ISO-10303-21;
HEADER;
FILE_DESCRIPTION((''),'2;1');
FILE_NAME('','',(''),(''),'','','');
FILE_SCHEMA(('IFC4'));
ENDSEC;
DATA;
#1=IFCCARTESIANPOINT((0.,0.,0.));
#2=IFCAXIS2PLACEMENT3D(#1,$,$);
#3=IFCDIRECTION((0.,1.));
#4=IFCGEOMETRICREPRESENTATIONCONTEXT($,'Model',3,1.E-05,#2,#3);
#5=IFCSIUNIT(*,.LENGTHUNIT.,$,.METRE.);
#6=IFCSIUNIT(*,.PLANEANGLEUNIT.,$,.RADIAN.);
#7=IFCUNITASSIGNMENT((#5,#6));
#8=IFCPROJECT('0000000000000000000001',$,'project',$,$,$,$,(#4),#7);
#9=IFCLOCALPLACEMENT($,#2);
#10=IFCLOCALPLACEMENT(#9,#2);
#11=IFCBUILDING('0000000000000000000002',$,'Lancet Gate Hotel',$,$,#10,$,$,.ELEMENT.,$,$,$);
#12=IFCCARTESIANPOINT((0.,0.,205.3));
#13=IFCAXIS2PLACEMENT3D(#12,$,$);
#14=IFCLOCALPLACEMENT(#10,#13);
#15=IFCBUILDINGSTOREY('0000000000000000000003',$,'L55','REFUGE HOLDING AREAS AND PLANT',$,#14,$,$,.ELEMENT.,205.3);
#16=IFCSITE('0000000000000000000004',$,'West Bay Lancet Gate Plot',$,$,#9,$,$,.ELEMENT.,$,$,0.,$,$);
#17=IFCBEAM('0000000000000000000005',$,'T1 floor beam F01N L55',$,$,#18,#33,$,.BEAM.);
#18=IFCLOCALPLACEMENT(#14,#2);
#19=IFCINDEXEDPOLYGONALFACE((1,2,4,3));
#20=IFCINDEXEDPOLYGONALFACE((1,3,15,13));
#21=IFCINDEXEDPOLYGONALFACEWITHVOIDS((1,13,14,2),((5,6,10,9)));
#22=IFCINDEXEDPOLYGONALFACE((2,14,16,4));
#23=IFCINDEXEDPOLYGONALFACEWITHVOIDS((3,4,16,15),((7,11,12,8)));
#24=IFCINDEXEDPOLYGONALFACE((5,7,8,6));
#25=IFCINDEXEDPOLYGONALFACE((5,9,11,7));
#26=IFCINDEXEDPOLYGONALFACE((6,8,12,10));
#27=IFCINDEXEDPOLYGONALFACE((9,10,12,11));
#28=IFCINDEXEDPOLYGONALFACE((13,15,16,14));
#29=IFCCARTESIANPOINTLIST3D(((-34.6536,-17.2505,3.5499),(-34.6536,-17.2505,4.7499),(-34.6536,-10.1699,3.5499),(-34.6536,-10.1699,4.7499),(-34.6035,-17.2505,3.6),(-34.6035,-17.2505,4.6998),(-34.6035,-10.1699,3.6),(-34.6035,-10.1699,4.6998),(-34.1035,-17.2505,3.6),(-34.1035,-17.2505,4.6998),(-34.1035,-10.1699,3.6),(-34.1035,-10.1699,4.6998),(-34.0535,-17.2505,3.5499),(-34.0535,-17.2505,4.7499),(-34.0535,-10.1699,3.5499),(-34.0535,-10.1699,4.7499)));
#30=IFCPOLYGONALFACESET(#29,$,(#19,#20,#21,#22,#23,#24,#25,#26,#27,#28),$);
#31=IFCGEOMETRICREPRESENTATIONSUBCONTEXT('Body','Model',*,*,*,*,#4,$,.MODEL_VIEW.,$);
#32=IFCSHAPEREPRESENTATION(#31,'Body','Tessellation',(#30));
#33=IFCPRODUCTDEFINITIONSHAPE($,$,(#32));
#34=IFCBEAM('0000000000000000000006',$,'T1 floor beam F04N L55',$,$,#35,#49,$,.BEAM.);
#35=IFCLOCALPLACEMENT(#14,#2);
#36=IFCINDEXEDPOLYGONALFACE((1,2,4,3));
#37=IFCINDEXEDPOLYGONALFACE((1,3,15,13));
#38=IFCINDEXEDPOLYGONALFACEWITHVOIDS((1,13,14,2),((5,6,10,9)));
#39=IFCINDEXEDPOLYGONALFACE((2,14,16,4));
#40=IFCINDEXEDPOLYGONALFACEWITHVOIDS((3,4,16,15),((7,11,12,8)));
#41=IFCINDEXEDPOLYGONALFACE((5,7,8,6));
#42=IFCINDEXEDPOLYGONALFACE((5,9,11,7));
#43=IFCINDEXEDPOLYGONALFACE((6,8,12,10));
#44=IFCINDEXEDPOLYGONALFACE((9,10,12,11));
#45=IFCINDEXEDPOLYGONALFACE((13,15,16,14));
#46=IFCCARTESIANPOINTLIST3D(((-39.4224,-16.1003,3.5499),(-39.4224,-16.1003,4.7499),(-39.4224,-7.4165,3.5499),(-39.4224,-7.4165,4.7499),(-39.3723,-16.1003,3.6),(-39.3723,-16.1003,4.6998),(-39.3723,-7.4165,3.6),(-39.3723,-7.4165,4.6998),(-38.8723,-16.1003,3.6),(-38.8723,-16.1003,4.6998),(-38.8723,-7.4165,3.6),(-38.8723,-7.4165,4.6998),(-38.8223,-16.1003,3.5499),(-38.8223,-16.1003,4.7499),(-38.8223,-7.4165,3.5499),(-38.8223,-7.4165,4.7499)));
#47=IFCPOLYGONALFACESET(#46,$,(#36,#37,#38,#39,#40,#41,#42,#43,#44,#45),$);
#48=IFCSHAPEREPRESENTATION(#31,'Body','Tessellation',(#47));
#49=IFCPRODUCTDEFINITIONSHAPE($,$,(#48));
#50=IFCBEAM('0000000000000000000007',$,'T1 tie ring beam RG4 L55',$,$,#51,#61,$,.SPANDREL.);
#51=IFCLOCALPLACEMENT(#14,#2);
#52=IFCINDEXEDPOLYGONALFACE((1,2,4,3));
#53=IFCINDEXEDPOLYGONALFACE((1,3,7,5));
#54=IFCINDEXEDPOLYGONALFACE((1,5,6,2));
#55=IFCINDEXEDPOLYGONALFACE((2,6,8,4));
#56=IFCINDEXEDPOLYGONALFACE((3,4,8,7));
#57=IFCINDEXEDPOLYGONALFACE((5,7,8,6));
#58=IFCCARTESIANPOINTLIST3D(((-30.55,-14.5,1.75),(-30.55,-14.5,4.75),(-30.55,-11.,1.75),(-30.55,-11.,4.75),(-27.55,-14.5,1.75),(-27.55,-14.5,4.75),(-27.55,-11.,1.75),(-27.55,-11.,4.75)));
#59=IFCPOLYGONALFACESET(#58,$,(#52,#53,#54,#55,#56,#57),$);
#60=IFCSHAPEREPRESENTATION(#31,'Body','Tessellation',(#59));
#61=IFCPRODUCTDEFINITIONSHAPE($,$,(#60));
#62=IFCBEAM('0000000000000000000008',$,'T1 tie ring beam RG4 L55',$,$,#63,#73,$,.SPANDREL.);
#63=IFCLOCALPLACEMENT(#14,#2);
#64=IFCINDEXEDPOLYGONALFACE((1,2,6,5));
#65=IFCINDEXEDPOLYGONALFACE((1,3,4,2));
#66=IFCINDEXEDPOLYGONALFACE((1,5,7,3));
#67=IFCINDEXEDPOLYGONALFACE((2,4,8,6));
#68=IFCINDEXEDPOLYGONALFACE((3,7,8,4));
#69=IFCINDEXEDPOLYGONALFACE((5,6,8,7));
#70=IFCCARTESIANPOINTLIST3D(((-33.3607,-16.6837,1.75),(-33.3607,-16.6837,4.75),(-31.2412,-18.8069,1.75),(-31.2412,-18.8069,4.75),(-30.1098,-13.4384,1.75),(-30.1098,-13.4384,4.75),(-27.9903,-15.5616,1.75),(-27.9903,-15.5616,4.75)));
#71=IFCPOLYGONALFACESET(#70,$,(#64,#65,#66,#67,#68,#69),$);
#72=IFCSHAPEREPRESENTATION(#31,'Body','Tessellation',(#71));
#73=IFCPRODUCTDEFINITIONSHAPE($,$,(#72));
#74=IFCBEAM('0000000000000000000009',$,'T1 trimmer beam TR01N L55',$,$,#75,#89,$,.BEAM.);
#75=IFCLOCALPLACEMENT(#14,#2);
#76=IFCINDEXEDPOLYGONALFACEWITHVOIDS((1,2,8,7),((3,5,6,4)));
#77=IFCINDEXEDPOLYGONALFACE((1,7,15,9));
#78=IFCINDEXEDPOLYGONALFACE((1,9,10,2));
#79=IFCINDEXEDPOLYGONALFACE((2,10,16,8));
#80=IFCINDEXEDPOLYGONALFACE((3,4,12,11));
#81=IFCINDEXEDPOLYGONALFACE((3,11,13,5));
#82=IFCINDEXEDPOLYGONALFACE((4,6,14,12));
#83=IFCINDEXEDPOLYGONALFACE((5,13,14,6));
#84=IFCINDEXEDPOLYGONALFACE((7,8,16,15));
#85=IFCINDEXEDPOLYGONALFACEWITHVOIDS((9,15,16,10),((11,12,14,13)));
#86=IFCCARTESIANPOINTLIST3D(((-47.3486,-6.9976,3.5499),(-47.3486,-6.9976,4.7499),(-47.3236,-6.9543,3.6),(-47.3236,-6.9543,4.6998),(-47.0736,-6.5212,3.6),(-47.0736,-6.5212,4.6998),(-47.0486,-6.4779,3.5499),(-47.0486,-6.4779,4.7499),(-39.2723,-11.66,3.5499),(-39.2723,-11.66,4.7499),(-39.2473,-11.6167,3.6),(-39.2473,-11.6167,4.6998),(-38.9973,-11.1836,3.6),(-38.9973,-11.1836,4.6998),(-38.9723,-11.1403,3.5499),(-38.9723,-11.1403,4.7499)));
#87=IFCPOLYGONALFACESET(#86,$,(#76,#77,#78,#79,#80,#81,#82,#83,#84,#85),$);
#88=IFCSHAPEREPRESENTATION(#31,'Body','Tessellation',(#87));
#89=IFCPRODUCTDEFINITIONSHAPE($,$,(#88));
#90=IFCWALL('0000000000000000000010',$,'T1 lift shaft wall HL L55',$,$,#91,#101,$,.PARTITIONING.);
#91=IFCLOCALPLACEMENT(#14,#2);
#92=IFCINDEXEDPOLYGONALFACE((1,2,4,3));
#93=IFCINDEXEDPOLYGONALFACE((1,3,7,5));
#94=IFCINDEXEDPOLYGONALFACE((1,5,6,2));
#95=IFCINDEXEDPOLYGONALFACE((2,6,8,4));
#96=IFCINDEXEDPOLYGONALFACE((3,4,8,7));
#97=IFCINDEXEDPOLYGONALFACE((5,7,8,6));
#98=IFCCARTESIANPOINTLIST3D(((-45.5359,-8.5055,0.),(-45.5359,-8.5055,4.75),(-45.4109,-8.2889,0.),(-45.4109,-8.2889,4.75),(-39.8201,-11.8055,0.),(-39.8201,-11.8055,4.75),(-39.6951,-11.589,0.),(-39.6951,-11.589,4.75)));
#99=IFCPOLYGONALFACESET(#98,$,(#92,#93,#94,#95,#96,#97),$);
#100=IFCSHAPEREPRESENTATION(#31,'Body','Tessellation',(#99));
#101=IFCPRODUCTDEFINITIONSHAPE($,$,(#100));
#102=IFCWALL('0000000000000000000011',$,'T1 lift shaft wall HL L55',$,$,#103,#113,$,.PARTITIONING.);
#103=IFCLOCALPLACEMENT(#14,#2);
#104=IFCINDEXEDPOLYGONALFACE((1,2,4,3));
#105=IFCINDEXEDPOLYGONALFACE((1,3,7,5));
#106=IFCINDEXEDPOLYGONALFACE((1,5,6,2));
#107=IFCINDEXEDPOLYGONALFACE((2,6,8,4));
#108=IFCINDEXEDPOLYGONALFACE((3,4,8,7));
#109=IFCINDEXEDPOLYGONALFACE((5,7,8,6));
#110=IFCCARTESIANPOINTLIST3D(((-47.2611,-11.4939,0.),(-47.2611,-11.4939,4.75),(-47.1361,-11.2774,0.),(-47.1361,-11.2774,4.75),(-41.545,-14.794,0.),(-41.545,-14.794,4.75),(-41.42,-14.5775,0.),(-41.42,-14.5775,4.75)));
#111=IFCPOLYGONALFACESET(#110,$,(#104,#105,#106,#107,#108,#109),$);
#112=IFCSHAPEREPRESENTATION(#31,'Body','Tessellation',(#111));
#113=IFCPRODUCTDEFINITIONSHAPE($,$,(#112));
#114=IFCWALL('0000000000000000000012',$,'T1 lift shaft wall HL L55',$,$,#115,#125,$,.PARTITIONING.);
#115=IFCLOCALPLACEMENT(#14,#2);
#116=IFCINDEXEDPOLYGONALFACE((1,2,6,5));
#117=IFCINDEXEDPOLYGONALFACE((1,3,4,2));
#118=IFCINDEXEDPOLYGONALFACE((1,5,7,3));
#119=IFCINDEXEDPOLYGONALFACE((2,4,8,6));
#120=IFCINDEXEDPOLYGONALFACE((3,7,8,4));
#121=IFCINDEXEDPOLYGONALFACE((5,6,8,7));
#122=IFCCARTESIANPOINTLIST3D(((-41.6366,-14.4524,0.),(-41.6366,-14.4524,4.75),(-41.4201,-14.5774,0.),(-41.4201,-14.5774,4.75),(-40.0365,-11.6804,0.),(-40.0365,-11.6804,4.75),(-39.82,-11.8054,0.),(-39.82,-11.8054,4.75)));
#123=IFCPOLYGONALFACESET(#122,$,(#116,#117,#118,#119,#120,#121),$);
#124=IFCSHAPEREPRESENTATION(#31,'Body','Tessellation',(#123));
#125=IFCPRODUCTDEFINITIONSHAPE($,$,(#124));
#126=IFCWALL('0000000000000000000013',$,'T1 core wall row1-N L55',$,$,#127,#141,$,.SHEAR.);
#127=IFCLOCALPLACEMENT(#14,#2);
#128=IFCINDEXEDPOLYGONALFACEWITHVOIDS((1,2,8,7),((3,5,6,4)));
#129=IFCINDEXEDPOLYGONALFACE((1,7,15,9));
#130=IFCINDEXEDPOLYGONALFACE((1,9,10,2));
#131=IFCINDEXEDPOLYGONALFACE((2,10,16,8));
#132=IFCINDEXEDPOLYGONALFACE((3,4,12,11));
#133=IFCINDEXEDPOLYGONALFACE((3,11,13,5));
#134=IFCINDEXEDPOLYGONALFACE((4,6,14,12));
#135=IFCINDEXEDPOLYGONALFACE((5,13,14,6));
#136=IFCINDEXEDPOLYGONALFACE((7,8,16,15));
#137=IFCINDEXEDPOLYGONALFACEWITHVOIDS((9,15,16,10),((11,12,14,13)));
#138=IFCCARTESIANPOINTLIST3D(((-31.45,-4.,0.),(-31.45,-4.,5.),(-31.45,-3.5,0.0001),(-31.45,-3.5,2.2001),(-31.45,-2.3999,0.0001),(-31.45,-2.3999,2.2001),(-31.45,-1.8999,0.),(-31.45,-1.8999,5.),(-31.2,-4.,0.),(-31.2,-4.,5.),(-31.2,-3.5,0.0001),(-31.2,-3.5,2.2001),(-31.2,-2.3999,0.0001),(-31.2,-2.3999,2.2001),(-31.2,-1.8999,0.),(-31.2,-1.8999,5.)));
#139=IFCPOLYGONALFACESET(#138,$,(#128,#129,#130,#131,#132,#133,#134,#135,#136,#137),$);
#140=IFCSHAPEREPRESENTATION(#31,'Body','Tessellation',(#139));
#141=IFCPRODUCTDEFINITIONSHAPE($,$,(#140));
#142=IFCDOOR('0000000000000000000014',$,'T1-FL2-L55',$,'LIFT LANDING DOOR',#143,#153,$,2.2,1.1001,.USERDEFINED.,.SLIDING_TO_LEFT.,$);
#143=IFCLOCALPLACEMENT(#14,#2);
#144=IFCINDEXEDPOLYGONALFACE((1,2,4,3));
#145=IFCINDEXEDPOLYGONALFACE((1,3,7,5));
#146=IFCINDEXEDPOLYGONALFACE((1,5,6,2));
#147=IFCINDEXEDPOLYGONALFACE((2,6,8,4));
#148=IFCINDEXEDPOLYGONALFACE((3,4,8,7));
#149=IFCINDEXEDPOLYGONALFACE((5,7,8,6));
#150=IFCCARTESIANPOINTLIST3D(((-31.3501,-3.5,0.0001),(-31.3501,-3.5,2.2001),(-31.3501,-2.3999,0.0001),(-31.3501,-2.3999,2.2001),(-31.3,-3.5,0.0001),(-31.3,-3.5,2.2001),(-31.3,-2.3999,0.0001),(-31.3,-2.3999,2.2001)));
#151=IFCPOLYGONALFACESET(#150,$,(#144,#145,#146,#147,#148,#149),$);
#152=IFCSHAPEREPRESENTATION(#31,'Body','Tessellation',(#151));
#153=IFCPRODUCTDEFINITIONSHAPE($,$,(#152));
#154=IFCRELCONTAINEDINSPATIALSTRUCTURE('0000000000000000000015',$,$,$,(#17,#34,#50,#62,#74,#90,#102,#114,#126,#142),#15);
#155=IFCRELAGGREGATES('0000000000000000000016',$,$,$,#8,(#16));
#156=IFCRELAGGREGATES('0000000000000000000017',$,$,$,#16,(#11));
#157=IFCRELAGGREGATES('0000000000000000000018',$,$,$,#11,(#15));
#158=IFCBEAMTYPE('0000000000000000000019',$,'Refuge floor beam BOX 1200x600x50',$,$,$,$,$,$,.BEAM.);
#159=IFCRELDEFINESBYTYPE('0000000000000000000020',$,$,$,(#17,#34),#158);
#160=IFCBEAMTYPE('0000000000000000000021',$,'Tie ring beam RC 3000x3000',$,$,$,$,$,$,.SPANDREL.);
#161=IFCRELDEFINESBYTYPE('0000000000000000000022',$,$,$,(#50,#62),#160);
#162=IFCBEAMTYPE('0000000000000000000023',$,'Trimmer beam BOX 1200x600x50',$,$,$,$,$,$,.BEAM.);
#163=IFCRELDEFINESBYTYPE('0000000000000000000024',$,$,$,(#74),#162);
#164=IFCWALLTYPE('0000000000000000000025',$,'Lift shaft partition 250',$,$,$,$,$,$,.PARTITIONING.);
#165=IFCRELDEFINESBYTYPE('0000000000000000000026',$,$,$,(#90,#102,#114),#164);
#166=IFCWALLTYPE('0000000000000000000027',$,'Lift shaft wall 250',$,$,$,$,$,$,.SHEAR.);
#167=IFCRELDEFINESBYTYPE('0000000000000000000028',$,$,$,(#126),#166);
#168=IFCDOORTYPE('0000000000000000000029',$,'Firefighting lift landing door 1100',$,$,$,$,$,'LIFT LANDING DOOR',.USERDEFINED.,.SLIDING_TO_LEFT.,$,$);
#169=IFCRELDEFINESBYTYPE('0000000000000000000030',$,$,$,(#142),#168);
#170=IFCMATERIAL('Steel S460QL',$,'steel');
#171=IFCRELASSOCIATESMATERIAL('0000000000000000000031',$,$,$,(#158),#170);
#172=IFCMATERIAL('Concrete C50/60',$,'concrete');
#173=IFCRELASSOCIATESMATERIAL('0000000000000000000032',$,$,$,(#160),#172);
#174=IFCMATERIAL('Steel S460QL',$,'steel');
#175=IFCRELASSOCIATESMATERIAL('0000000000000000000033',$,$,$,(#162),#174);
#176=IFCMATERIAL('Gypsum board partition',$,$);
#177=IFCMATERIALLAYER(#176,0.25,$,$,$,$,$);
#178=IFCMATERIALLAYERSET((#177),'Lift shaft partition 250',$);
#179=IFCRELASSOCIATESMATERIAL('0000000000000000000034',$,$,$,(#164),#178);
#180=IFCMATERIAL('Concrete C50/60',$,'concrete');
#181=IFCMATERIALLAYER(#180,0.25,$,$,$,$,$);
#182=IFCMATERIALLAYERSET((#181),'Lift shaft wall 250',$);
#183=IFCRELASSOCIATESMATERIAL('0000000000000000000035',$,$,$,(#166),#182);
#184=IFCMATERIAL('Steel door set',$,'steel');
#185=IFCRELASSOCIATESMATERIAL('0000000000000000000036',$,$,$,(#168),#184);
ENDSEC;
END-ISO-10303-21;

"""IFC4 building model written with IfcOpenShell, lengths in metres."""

from ifc_helpers import new_model, si_unit, direction, frame, frame_2d, origin, origin_2d, place, context, subcontext, project, spatial, rectangle, hollow_rectangle, extrude, material, layer, layer_set, material_profile, profile_set, type_object, element, fill, save


model = new_model("IFC4")

# Units and contexts
model_context = context("Model", 3, precision=1e-05, world=origin(), true_north=direction((0.0, 1.0)))
body_context = subcontext(model_context, "Body", "Model", "MODEL_VIEW")
ifc_project = project(units=[si_unit("LENGTHUNIT", "METRE"), si_unit("PLANEANGLEUNIT", "RADIAN")], contexts=[model_context])

# Site, building, storey
site_placement = place(None, origin())
site = spatial("IfcSite", under=ifc_project, at=site_placement, Name="West Bay Lancet Gate Plot", CompositionType="ELEMENT", RefElevation=0.0)
building_placement = place(site_placement, origin())
building = spatial("IfcBuilding", under=site, at=building_placement, Name="Lancet Gate Hotel", CompositionType="ELEMENT")
storey_placement = place(building_placement, frame((0.0, 0.0, 205.3)))
storey = spatial("IfcBuildingStorey", under=building, at=storey_placement, Name="L55", Description="REFUGE HOLDING AREAS AND PLANT", CompositionType="ELEMENT", Elevation=205.3)

# Beams
ifc_material_1 = material(Name="Steel S460QL", Category="steel")
ifc_material_profile_1 = material_profile(ifc_material_1, hollow_rectangle(XDim=0.6001, YDim=1.2, WallThickness=0.05, at=origin_2d()), Name="BOX 1200x600x50")
ifc_profile_set_1 = profile_set([ifc_material_profile_1], Name="Steel S460QL")
beam_type_1 = type_object("IfcBeamType", Name="Refuge floor beam BOX 1200x600x50", PredefinedType="BEAM", material=ifc_profile_set_1)
beam_1_placement = place(storey_placement, frame((-34.3535, -10.1699, 4.1499), z_axis=(0.0, -1.0, 0.0), x_axis=(1.0, 0.0, 0.0)))
element("IfcBeam", 1, at=beam_1_placement, inside=storey, type_object=beam_type_1, Name="T1 floor beam F01N L55", PredefinedType="BEAM", context=body_context, shape_type="SweptSolid", body=[
    extrude(hollow_rectangle(XDim=0.6001, YDim=1.2, WallThickness=0.05, at=origin_2d()), origin(), (0.0, 0.0, 1.0), 7.0806),
])
beam_2_placement = place(storey_placement, frame((-39.1223, -7.4165, 4.1499), z_axis=(0.0, -1.0, 0.0), x_axis=(1.0, 0.0, 0.0)))
element("IfcBeam", 2, at=beam_2_placement, inside=storey, type_object=beam_type_1, Name="T1 floor beam F04N L55", PredefinedType="BEAM", context=body_context, shape_type="SweptSolid", body=[
    extrude(hollow_rectangle(XDim=0.6001, YDim=1.2, WallThickness=0.05, at=origin_2d()), origin(), (0.0, 0.0, 1.0), 8.6838),
])
ifc_material_2 = material(Name="Concrete C50/60", Category="concrete")
ifc_material_profile_2 = material_profile(ifc_material_2, rectangle(XDim=3.0, YDim=3.0, at=origin_2d()), Name="RC 3000x3000")
ifc_profile_set_2 = profile_set([ifc_material_profile_2], Name="Concrete C50/60")
beam_type_2 = type_object("IfcBeamType", Name="Tie ring beam RC 3000x3000", PredefinedType="SPANDREL", material=ifc_profile_set_2)
beam_3_placement = place(storey_placement, frame((-29.05, -11.0, 3.25), z_axis=(0.0, -1.0, 0.0), x_axis=(1.0, 0.0, 0.0)))
element("IfcBeam", 3, at=beam_3_placement, inside=storey, type_object=beam_type_2, Name="T1 tie ring beam RG4 L55", PredefinedType="SPANDREL", context=body_context, shape_type="SweptSolid", body=[
    extrude(rectangle(XDim=3.0, YDim=3.0, at=origin_2d()), origin(), (0.0, 0.0, 1.0), 3.5),
])
beam_4_placement = place(storey_placement, frame((-29.05, -14.5, 3.25), z_axis=(-0.707718, -0.706495, 0.0), x_axis=(0.706495, -0.707718, 0.0)))
element("IfcBeam", 4, at=beam_4_placement, inside=storey, type_object=beam_type_2, Name="T1 tie ring beam RG4 L55", PredefinedType="SPANDREL", context=body_context, shape_type="SweptSolid", body=[
    extrude(rectangle(XDim=3.0, YDim=3.0, at=origin_2d()), origin(), (0.0, 0.0, 1.0), 4.5935),
])
ifc_material_3 = material(Name="Steel S460QL", Category="steel")
ifc_material_profile_3 = material_profile(ifc_material_3, hollow_rectangle(XDim=0.6001, YDim=1.2, WallThickness=0.05, at=origin_2d()), Name="BOX 1200x600x50")
ifc_profile_set_3 = profile_set([ifc_material_profile_3], Name="Steel S460QL")
beam_type_3 = type_object("IfcBeamType", Name="Trimmer beam BOX 1200x600x50", PredefinedType="BEAM", material=ifc_profile_set_3)
beam_5_placement = place(storey_placement, frame((-39.1223, -11.4001, 4.1499), z_axis=(-0.866045, 0.499966, 0.0), x_axis=(-0.499966, -0.866045, 0.0)))
element("IfcBeam", 5, at=beam_5_placement, inside=storey, type_object=beam_type_3, Name="T1 trimmer beam TR01N L55", PredefinedType="BEAM", context=body_context, shape_type="SweptSolid", body=[
    extrude(hollow_rectangle(XDim=0.6001, YDim=1.2, WallThickness=0.05, at=origin_2d()), origin(), (0.0, 0.0, 1.0), 9.3254),
])

# Walls
ifc_material_4 = material(Name="Gypsum board partition")
ifc_layer_1 = layer(ifc_material_4, 0.25)
ifc_layer_set_1 = layer_set([ifc_layer_1], Name="Lift shaft partition 250")
wall_type_1 = type_object("IfcWallType", Name="Lift shaft partition 250", PredefinedType="PARTITIONING", material=ifc_layer_set_1)
wall_1_placement = place(storey_placement, frame((-39.7576, -11.6973, 0.0), z_axis=(0.0, 0.0, 1.0), x_axis=(-0.866024, 0.500002, 0.0)))
element("IfcWall", 6, at=wall_1_placement, inside=storey, type_object=wall_type_1, Name="T1 lift shaft wall HL L55", PredefinedType="PARTITIONING", context=body_context, shape_type="SweptSolid", body=[
    extrude(rectangle(XDim=6.6001, YDim=0.25, at=frame_2d((3.3, 0.0))), origin(), (0.0, 0.0, 1.0), 4.75),
])
wall_2_placement = place(storey_placement, frame((-41.4824, -14.6858, 0.0), z_axis=(0.0, 0.0, 1.0), x_axis=(-0.866033, 0.499986, 0.0)))
element("IfcWall", 7, at=wall_2_placement, inside=storey, type_object=wall_type_1, Name="T1 lift shaft wall HL L55", PredefinedType="PARTITIONING", context=body_context, shape_type="SweptSolid", body=[
    extrude(rectangle(XDim=6.6003, YDim=0.25, at=frame_2d((3.3003, 0.0))), origin(), (0.0, 0.0, 1.0), 4.75),
])
wall_3_placement = place(storey_placement, frame((-39.9282, -11.7429, 0.0), z_axis=(0.0, 0.0, 1.0), x_axis=(-0.499929, -0.866066, 0.0)))
element("IfcWall", 8, at=wall_3_placement, inside=storey, type_object=wall_type_1, Name="T1 lift shaft wall HL L55", PredefinedType="PARTITIONING", context=body_context, shape_type="SweptSolid", body=[
    extrude(rectangle(XDim=3.2007, YDim=0.25, at=frame_2d((1.6003, 0.0))), origin(), (0.0, 0.0, 1.0), 4.75),
])

# Wall, opening, door
ifc_material_5 = material(Name="Concrete C50/60", Category="concrete")
ifc_layer_2 = layer(ifc_material_5, 0.25)
ifc_layer_set_2 = layer_set([ifc_layer_2], Name="Lift shaft wall 250")
wall_type_2 = type_object("IfcWallType", Name="Lift shaft wall 250", PredefinedType="SHEAR", material=ifc_layer_set_2)
wall_4_placement = place(storey_placement, frame((-31.325, -1.8999, 0.0), z_axis=(0.0, 0.0, 1.0), x_axis=(0.0, -1.0, 0.0)))
wall_4 = element("IfcWall", 9, at=wall_4_placement, inside=storey, type_object=wall_type_2, Name="T1 core wall row1-N L55", PredefinedType="SHEAR", context=body_context, shape_type="SweptSolid", body=[
    extrude(rectangle(XDim=2.1001, YDim=0.25, at=frame_2d((1.05, 0.0))), origin(), (0.0, 0.0, 1.0), 5.0),
])
opening_1_placement = place(wall_4_placement, frame((0.5, 0.0, 0.0)))
opening_1 = element("IfcOpeningElement", 10, at=opening_1_placement, cuts=wall_4, PredefinedType="OPENING", context=body_context, shape_type="SweptSolid", body=[
    extrude(rectangle(XDim=1.1001, YDim=2.2, at=frame_2d((0.55, 1.1001))), frame((0.0, 0.135, 0.0), z_axis=(0.0, -1.0, 0.0), x_axis=(1.0, 0.0, 0.0)), (0.0, 0.0, 1.0), 0.27),
])
ifc_material_6 = material(Name="Steel door set", Category="steel")
door_type_1 = type_object("IfcDoorType", Name="Firefighting lift landing door 1100", ElementType="LIFT LANDING DOOR", OperationType="SLIDING_TO_LEFT", PredefinedType="USERDEFINED", material=ifc_material_6)
door_1_placement = place(opening_1_placement, origin())
door_1 = element("IfcDoor", 11, at=door_1_placement, inside=storey, type_object=door_type_1, Name="T1-FL2-L55", ObjectType="LIFT LANDING DOOR", OperationType="SLIDING_TO_LEFT", OverallHeight=2.2, OverallWidth=1.1001, PredefinedType="USERDEFINED", context=body_context, shape_type="SweptSolid", body=[
    extrude(rectangle(XDim=1.1001, YDim=2.2, at=frame_2d((0.55, 1.1001))), frame((0.0, 0.0249, 0.0), z_axis=(0.0, -1.0, 0.0), x_axis=(1.0, 0.0, 0.0)), (0.0, 0.0, 1.0), 0.05),
])
fill(opening_1, door_1)

save(model, "model.ifc")
